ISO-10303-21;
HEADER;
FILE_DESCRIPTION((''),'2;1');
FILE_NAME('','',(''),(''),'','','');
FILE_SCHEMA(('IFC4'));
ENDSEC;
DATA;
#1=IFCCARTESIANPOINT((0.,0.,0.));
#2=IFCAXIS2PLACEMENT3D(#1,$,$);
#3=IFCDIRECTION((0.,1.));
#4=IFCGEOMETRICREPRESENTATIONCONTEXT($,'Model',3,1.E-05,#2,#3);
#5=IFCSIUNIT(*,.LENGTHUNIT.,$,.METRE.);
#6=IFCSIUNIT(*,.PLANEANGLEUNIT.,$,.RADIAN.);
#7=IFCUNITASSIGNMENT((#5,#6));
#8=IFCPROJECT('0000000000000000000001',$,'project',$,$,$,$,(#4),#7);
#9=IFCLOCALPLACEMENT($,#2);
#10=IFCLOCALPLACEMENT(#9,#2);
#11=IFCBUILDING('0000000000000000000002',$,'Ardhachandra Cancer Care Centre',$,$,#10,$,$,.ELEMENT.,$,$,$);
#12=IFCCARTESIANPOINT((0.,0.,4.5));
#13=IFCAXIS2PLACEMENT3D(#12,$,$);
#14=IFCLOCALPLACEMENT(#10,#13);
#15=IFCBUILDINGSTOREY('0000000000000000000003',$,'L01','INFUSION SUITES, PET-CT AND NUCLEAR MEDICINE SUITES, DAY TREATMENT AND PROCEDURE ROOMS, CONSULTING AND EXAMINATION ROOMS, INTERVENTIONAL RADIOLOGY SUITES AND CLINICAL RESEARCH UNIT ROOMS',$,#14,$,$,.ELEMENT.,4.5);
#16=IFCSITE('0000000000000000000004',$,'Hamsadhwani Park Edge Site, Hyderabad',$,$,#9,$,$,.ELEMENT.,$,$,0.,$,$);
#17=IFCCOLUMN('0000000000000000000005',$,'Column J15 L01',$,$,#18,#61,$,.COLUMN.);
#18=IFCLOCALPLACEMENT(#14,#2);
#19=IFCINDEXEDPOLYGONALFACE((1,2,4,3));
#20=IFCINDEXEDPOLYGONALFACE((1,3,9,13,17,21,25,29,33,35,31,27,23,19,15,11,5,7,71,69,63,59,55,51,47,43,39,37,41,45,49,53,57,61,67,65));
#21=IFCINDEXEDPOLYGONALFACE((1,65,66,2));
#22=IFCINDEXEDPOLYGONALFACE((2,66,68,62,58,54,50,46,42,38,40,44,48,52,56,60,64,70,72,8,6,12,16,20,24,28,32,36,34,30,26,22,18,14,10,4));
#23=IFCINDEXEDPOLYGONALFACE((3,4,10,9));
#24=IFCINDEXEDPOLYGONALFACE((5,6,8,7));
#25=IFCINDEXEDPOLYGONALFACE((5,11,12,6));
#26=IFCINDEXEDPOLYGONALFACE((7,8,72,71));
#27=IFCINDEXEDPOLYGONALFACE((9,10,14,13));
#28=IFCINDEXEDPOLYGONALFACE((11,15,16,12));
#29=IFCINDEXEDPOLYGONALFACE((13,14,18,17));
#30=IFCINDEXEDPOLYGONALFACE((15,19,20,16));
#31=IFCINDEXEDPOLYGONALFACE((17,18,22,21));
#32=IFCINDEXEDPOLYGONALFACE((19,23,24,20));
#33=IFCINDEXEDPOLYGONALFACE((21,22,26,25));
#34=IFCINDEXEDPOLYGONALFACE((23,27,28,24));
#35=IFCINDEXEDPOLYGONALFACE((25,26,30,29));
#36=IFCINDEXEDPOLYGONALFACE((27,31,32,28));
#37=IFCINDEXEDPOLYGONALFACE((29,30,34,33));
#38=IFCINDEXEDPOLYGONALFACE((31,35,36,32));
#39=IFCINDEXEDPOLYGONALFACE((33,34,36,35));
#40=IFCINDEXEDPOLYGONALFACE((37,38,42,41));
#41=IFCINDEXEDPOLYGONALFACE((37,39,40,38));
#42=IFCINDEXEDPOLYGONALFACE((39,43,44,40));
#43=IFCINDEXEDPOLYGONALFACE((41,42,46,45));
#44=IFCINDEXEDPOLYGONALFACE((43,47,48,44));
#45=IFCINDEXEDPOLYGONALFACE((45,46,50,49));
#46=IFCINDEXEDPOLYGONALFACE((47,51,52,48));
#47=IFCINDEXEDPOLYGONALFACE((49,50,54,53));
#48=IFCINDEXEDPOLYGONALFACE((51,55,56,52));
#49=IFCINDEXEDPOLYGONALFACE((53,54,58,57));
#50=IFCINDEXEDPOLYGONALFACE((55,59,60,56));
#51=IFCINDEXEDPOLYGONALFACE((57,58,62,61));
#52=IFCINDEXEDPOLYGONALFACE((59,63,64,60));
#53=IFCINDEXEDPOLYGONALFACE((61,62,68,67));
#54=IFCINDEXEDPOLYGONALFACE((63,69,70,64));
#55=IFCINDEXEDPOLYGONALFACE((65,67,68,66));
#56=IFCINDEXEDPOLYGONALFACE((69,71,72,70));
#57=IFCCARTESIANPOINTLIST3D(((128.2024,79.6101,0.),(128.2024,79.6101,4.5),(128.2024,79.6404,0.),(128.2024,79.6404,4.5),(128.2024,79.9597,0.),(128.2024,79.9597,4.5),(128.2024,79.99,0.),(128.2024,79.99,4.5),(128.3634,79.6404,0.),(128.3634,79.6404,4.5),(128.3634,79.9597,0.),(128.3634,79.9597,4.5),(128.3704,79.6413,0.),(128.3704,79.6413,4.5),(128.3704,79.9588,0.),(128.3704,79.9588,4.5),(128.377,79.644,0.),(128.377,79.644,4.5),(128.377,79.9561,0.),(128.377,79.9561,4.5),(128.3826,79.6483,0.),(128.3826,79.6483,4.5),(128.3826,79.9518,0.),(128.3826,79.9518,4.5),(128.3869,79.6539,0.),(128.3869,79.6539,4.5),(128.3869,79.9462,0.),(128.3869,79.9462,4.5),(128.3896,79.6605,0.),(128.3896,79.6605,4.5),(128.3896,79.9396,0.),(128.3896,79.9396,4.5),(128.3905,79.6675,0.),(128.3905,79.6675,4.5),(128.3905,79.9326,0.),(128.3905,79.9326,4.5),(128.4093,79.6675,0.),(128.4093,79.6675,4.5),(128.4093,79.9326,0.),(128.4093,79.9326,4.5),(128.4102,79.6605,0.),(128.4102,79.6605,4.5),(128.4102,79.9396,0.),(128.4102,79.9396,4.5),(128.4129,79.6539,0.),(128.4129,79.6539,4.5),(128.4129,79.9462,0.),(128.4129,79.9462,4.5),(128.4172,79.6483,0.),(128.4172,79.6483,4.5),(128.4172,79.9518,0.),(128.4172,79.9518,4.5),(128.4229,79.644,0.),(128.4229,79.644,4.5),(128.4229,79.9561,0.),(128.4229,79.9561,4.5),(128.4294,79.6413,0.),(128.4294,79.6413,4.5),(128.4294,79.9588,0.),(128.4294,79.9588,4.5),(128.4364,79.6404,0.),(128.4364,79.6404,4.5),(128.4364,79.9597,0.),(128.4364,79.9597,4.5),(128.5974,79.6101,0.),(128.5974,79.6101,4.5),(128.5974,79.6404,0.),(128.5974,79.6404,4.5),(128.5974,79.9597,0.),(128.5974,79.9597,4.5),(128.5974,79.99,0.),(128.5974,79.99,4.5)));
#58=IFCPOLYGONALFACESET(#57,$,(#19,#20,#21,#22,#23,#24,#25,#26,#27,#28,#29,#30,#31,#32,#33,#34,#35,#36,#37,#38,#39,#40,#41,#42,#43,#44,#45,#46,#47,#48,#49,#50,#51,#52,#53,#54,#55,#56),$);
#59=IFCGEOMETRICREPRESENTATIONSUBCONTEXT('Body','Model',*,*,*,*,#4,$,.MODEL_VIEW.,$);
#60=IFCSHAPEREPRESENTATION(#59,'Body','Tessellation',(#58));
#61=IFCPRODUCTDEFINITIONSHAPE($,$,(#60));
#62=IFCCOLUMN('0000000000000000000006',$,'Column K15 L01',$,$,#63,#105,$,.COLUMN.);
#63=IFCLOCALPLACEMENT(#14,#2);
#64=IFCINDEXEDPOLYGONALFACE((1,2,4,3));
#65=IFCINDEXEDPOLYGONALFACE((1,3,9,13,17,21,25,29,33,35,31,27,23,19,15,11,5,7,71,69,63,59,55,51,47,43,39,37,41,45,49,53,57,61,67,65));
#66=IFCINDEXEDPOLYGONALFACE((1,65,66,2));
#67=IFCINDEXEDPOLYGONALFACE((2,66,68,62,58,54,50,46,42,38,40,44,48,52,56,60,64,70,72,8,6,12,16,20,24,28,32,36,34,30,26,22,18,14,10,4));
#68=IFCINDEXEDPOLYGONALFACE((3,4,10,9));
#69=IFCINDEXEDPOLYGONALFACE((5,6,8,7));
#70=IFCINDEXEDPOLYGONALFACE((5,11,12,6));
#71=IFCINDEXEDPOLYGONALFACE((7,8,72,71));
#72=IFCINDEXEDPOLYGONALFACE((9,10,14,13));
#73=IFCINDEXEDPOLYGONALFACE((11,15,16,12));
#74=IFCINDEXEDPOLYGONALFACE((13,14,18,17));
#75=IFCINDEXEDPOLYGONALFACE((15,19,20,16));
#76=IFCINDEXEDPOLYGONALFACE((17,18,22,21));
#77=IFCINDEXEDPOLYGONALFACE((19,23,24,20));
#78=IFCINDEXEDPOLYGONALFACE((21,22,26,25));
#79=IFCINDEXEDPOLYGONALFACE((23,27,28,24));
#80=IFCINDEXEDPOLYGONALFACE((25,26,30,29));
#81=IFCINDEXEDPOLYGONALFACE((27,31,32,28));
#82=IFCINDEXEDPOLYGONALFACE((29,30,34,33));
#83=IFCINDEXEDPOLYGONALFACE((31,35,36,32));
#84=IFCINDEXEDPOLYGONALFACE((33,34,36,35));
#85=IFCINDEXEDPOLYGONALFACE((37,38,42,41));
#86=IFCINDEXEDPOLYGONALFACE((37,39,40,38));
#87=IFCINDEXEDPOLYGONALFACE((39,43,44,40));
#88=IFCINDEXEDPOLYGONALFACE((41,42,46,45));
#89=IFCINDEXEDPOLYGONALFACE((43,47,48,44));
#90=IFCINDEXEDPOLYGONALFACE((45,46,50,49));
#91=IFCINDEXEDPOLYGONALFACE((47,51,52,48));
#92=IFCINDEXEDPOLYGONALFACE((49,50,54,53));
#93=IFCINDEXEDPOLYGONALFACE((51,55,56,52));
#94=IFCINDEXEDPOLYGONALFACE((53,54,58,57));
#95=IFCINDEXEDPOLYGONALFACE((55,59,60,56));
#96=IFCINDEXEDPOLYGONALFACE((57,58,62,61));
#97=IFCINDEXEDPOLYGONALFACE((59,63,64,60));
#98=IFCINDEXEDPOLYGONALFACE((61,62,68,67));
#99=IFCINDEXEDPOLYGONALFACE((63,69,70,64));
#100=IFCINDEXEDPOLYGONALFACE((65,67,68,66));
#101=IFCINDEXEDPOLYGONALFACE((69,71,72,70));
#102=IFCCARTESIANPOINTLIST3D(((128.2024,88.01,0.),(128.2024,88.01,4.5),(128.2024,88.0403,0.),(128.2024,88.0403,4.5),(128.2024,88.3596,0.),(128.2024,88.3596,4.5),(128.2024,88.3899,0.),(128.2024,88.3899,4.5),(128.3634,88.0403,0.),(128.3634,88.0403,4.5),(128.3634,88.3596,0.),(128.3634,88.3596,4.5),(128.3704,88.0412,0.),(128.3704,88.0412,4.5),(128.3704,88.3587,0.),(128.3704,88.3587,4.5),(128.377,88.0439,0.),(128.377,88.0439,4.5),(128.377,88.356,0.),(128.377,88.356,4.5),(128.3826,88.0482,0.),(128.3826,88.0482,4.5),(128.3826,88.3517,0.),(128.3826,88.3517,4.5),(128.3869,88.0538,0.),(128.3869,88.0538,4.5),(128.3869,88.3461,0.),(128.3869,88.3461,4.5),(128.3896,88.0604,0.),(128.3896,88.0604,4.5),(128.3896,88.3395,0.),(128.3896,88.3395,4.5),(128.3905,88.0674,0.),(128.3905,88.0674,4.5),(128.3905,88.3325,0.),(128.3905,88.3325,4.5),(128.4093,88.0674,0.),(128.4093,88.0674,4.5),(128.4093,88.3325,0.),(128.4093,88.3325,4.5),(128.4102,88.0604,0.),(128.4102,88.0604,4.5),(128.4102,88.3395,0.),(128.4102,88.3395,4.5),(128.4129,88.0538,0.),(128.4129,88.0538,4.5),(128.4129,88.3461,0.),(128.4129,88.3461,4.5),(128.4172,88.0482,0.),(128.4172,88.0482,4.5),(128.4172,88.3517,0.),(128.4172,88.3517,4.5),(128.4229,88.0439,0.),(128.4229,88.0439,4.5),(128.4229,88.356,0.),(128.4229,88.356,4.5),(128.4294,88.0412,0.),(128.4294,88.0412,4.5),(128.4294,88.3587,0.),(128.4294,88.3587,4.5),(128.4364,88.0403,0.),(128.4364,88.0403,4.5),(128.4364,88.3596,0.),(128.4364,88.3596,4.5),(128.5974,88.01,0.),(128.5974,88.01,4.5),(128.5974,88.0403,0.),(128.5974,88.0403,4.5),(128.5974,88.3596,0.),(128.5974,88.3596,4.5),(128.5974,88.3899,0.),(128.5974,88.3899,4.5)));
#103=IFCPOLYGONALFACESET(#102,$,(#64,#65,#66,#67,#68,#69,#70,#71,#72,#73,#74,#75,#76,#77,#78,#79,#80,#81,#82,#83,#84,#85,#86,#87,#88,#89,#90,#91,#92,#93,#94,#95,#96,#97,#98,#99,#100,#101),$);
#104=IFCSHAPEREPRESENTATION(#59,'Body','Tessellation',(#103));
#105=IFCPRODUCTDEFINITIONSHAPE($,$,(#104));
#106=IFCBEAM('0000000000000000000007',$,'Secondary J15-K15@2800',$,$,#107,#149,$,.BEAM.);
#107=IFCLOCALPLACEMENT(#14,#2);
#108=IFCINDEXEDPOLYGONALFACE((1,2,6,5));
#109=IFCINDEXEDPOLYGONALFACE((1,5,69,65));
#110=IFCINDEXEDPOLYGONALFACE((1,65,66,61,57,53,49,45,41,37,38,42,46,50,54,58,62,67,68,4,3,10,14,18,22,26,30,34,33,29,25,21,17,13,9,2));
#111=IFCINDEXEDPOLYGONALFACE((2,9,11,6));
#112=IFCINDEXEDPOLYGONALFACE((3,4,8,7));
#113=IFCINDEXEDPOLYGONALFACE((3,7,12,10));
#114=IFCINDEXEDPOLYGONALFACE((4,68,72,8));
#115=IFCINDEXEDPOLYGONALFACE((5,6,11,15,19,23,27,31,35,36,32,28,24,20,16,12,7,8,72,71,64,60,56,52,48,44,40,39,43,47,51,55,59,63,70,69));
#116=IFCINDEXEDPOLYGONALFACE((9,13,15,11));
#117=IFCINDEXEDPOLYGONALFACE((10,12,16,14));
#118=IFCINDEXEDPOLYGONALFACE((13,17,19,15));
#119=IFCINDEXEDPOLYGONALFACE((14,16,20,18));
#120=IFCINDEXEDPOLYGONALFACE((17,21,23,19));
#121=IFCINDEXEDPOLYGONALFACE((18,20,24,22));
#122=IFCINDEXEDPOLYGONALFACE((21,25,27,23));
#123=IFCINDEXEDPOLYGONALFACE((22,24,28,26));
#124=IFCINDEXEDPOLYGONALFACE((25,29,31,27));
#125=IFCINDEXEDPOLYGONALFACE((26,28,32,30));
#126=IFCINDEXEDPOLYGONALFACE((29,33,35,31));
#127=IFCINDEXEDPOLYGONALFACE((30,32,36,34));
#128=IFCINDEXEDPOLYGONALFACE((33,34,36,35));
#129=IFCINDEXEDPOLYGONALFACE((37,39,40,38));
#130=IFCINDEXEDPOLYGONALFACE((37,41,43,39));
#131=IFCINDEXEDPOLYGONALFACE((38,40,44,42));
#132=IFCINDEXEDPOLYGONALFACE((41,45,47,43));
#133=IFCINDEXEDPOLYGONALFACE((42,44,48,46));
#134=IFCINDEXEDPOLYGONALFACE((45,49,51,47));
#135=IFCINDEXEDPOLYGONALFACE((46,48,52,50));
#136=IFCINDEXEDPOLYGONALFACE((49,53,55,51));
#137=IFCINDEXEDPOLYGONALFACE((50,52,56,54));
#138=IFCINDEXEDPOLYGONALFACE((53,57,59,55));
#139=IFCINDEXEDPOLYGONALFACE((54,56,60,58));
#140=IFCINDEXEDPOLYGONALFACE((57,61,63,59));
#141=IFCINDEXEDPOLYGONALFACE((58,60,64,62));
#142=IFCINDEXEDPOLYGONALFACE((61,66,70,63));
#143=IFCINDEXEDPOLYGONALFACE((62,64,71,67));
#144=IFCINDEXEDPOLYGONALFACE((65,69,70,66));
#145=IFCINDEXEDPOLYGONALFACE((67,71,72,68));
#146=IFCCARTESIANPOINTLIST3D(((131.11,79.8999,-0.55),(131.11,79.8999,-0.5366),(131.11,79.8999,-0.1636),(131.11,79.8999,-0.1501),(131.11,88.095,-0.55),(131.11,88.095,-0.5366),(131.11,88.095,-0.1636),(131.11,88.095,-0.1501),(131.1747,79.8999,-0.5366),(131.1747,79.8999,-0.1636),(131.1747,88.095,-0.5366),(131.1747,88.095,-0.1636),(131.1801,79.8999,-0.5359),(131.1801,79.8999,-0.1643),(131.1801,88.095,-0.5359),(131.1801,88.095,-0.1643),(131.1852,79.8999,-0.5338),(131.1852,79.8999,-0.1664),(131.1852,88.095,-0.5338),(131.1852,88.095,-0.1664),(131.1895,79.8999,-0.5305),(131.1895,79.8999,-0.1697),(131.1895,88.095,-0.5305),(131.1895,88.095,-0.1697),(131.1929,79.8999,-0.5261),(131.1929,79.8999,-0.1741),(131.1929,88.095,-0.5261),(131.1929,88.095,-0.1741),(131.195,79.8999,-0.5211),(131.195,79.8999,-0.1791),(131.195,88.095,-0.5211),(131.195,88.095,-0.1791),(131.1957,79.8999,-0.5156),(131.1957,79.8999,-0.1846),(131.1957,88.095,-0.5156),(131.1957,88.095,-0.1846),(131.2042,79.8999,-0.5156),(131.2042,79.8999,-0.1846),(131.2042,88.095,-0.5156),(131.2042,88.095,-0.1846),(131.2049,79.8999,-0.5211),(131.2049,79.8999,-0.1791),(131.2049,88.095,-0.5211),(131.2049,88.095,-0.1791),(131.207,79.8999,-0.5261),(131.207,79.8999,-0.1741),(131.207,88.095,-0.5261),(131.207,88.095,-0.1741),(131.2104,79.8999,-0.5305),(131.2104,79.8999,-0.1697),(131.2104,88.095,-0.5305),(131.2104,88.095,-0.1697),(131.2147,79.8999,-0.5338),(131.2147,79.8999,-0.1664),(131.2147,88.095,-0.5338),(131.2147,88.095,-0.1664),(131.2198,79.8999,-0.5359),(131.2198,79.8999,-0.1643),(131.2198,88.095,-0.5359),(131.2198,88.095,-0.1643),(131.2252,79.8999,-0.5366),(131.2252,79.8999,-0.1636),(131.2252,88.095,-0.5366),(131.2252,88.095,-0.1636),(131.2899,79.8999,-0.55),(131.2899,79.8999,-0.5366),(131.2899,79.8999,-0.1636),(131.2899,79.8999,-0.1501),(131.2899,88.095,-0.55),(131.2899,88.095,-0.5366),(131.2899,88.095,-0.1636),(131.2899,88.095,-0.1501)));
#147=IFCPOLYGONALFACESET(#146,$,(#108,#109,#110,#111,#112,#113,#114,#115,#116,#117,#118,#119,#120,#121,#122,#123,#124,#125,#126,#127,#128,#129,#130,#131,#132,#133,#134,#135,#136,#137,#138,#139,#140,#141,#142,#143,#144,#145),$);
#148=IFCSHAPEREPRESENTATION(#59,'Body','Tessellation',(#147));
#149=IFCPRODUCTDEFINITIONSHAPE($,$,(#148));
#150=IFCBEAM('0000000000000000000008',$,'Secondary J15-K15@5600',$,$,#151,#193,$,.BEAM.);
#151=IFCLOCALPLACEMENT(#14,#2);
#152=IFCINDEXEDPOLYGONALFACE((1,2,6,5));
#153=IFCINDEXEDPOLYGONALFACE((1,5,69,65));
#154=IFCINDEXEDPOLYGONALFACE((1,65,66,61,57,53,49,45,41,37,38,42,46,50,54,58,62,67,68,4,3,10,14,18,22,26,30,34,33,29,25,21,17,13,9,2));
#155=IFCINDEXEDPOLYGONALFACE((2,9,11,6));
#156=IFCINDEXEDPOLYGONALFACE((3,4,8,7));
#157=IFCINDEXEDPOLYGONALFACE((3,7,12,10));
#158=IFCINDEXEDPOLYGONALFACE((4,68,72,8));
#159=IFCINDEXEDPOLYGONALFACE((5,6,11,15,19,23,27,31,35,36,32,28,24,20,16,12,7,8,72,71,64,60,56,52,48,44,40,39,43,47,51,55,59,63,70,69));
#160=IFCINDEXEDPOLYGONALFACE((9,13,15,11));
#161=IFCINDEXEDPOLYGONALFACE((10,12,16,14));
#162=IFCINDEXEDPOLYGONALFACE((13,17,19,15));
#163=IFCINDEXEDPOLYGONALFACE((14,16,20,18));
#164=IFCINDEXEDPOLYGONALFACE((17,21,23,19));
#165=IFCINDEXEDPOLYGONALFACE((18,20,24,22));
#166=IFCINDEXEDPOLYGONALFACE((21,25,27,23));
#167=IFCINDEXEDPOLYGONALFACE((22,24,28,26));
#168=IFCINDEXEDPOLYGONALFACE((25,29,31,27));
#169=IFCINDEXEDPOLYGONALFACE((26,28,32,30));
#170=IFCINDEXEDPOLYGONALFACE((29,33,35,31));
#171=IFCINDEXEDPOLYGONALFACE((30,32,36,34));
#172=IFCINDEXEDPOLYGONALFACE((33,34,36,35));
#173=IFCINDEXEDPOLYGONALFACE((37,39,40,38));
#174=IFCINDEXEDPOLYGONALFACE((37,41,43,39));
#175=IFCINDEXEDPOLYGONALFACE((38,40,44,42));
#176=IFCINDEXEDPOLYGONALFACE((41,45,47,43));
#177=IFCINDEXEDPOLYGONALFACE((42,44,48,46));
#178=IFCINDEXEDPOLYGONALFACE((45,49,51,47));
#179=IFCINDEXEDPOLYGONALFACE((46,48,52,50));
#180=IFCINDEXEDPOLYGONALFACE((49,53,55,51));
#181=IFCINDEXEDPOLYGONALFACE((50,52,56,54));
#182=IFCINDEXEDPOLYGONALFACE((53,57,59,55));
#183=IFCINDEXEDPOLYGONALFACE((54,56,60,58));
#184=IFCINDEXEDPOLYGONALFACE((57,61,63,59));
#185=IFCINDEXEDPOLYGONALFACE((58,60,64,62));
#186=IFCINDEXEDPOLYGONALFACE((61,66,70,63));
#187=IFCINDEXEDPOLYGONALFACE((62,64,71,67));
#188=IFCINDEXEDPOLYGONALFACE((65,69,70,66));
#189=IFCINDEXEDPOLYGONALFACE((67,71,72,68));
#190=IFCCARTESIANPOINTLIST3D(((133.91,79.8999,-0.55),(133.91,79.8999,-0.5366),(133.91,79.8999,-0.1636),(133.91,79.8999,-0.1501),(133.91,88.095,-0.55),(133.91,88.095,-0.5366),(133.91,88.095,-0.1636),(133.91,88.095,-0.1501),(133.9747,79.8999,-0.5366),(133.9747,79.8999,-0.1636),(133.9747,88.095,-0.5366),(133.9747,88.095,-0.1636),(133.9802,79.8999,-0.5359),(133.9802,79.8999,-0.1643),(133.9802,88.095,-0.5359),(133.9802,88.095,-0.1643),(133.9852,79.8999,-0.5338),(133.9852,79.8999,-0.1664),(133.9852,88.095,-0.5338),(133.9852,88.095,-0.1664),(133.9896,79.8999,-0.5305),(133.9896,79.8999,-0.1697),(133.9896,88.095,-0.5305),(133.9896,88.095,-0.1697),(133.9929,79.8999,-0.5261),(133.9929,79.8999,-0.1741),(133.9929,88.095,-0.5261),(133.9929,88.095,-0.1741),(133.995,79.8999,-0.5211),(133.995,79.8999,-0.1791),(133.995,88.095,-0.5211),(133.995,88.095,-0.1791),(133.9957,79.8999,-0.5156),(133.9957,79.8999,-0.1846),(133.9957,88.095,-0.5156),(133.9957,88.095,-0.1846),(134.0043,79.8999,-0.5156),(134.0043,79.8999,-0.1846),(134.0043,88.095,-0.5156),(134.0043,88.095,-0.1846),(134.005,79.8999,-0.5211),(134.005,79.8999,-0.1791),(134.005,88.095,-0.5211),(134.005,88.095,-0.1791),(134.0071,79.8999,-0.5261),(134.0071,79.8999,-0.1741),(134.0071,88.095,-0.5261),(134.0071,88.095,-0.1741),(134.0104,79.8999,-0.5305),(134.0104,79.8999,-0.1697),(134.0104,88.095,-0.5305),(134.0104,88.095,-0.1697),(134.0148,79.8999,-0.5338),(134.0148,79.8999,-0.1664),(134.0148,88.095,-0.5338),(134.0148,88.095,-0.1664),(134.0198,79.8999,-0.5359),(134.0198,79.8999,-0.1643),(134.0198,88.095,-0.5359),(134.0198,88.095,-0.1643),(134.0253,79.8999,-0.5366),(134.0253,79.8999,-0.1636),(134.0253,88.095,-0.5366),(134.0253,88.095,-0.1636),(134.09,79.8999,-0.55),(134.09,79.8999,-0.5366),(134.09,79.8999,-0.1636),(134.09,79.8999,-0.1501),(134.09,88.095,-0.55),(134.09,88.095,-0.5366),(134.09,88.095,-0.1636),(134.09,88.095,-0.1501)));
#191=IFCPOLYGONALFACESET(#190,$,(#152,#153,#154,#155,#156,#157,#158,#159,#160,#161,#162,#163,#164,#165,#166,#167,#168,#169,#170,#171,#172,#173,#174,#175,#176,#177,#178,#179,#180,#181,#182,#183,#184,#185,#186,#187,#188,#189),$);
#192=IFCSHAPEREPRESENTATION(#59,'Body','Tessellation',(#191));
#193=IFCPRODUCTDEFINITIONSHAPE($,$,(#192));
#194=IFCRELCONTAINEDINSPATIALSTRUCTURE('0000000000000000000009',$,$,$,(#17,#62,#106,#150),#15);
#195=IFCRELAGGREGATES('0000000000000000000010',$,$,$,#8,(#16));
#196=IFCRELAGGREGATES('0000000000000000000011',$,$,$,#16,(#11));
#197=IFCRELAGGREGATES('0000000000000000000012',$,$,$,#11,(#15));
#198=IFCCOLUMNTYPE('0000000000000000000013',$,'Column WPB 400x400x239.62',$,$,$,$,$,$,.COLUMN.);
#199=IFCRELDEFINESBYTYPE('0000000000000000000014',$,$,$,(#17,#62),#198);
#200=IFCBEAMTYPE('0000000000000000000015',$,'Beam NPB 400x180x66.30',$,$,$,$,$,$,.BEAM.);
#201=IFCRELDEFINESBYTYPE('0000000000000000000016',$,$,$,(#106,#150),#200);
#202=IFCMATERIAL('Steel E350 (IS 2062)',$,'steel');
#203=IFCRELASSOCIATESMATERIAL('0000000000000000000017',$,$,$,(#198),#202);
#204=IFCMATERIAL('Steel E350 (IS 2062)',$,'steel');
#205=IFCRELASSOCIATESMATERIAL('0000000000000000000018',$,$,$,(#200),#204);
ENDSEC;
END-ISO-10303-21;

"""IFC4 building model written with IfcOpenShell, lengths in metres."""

from ifc_helpers import new_model, si_unit, direction, frame, origin, origin_2d, place, context, subcontext, project, spatial, i_section, extrude, material, material_profile, profile_set, type_object, element, save


model = new_model("IFC4")

# Units and contexts
model_context = context("Model", 3, precision=1e-05, world=origin(), true_north=direction((0.0, 1.0)))
body_context = subcontext(model_context, "Body", "Model", "MODEL_VIEW")
ifc_project = project(units=[si_unit("LENGTHUNIT", "METRE"), si_unit("PLANEANGLEUNIT", "RADIAN")], contexts=[model_context])

# Site, building, storey
site_placement = place(None, origin())
site = spatial("IfcSite", under=ifc_project, at=site_placement, Name="Hamsadhwani Park Edge Site, Hyderabad", CompositionType="ELEMENT", RefElevation=0.0)
building_placement = place(site_placement, origin())
building = spatial("IfcBuilding", under=site, at=building_placement, Name="Ardhachandra Cancer Care Centre", CompositionType="ELEMENT")
storey_placement = place(building_placement, frame((0.0, 0.0, 4.5)))
storey = spatial("IfcBuildingStorey", under=building, at=storey_placement, Name="L01", Description="INFUSION SUITES, PET-CT AND NUCLEAR MEDICINE SUITES, DAY TREATMENT AND PROCEDURE ROOMS, CONSULTING AND EXAMINATION ROOMS, INTERVENTIONAL RADIOLOGY SUITES AND CLINICAL RESEARCH UNIT ROOMS", CompositionType="ELEMENT", Elevation=4.5)

# Columns
ifc_material_1 = material(Name="Steel E350 (IS 2062)", Category="steel")
ifc_material_profile_1 = material_profile(ifc_material_1, i_section(OverallWidth=0.395, OverallDepth=0.3799, WebThickness=0.0188, FlangeThickness=0.0303, FilletRadius=0.0271, at=origin_2d()), Name="WPB 400x400x239.62")
ifc_profile_set_1 = profile_set([ifc_material_profile_1], Name="Steel E350 (IS 2062)")
column_type = type_object("IfcColumnType", Name="Column WPB 400x400x239.62", PredefinedType="COLUMN", material=ifc_profile_set_1)
for number, where, z_axis, x_axis, name in (
    (1, (128.3999, 79.8, 0.0), (0.0, 0.0, 1.0), (1.0, 0.0, 0.0), "Column J15 L01"),
    (2, (128.3999, 88.2, 0.0), (0.0, 0.0, 1.0), (1.0, 0.0, 0.0), "Column K15 L01"),
):
    element("IfcColumn", number, at=place(storey_placement, frame(where, z_axis=z_axis, x_axis=x_axis)), inside=storey, type_object=column_type, Name=name, PredefinedType="COLUMN", context=body_context, shape_type="SweptSolid", body=[
        extrude(i_section(OverallWidth=0.395, OverallDepth=0.3799, WebThickness=0.0188, FlangeThickness=0.0303, FilletRadius=0.0271, at=origin_2d()), origin(), (0.0, 0.0, 1.0), 4.5),
    ])

# Beams
ifc_material_2 = material(Name="Steel E350 (IS 2062)", Category="steel")
ifc_material_profile_2 = material_profile(ifc_material_2, i_section(OverallWidth=0.1799, OverallDepth=0.3999, WebThickness=0.0085, FlangeThickness=0.0134, FilletRadius=0.021, at=origin_2d()), Name="NPB 400x180x66.30")
ifc_profile_set_2 = profile_set([ifc_material_profile_2], Name="Steel E350 (IS 2062)")
beam_type_1 = type_object("IfcBeamType", Name="Beam NPB 400x180x66.30", PredefinedType="BEAM", material=ifc_profile_set_2)
for number, where, z_axis, x_axis, name in (
    (3, (131.2, 79.8999, -0.3501), (0.0, 1.0, 0.0), (-1.0, 0.0, 0.0), "Secondary J15-K15@2800"),
    (4, (134.0, 79.8999, -0.3501), (0.0, 1.0, 0.0), (-1.0, 0.0, 0.0), "Secondary J15-K15@5600"),
):
    element("IfcBeam", number, at=place(storey_placement, frame(where, z_axis=z_axis, x_axis=x_axis)), inside=storey, type_object=beam_type_1, Name=name, PredefinedType="BEAM", context=body_context, shape_type="SweptSolid", body=[
        extrude(i_section(OverallWidth=0.1799, OverallDepth=0.3999, WebThickness=0.0085, FlangeThickness=0.0134, FilletRadius=0.021, at=origin_2d()), origin(), (0.0, 0.0, 1.0), 8.1951),
    ])

save(model, "model.ifc")
